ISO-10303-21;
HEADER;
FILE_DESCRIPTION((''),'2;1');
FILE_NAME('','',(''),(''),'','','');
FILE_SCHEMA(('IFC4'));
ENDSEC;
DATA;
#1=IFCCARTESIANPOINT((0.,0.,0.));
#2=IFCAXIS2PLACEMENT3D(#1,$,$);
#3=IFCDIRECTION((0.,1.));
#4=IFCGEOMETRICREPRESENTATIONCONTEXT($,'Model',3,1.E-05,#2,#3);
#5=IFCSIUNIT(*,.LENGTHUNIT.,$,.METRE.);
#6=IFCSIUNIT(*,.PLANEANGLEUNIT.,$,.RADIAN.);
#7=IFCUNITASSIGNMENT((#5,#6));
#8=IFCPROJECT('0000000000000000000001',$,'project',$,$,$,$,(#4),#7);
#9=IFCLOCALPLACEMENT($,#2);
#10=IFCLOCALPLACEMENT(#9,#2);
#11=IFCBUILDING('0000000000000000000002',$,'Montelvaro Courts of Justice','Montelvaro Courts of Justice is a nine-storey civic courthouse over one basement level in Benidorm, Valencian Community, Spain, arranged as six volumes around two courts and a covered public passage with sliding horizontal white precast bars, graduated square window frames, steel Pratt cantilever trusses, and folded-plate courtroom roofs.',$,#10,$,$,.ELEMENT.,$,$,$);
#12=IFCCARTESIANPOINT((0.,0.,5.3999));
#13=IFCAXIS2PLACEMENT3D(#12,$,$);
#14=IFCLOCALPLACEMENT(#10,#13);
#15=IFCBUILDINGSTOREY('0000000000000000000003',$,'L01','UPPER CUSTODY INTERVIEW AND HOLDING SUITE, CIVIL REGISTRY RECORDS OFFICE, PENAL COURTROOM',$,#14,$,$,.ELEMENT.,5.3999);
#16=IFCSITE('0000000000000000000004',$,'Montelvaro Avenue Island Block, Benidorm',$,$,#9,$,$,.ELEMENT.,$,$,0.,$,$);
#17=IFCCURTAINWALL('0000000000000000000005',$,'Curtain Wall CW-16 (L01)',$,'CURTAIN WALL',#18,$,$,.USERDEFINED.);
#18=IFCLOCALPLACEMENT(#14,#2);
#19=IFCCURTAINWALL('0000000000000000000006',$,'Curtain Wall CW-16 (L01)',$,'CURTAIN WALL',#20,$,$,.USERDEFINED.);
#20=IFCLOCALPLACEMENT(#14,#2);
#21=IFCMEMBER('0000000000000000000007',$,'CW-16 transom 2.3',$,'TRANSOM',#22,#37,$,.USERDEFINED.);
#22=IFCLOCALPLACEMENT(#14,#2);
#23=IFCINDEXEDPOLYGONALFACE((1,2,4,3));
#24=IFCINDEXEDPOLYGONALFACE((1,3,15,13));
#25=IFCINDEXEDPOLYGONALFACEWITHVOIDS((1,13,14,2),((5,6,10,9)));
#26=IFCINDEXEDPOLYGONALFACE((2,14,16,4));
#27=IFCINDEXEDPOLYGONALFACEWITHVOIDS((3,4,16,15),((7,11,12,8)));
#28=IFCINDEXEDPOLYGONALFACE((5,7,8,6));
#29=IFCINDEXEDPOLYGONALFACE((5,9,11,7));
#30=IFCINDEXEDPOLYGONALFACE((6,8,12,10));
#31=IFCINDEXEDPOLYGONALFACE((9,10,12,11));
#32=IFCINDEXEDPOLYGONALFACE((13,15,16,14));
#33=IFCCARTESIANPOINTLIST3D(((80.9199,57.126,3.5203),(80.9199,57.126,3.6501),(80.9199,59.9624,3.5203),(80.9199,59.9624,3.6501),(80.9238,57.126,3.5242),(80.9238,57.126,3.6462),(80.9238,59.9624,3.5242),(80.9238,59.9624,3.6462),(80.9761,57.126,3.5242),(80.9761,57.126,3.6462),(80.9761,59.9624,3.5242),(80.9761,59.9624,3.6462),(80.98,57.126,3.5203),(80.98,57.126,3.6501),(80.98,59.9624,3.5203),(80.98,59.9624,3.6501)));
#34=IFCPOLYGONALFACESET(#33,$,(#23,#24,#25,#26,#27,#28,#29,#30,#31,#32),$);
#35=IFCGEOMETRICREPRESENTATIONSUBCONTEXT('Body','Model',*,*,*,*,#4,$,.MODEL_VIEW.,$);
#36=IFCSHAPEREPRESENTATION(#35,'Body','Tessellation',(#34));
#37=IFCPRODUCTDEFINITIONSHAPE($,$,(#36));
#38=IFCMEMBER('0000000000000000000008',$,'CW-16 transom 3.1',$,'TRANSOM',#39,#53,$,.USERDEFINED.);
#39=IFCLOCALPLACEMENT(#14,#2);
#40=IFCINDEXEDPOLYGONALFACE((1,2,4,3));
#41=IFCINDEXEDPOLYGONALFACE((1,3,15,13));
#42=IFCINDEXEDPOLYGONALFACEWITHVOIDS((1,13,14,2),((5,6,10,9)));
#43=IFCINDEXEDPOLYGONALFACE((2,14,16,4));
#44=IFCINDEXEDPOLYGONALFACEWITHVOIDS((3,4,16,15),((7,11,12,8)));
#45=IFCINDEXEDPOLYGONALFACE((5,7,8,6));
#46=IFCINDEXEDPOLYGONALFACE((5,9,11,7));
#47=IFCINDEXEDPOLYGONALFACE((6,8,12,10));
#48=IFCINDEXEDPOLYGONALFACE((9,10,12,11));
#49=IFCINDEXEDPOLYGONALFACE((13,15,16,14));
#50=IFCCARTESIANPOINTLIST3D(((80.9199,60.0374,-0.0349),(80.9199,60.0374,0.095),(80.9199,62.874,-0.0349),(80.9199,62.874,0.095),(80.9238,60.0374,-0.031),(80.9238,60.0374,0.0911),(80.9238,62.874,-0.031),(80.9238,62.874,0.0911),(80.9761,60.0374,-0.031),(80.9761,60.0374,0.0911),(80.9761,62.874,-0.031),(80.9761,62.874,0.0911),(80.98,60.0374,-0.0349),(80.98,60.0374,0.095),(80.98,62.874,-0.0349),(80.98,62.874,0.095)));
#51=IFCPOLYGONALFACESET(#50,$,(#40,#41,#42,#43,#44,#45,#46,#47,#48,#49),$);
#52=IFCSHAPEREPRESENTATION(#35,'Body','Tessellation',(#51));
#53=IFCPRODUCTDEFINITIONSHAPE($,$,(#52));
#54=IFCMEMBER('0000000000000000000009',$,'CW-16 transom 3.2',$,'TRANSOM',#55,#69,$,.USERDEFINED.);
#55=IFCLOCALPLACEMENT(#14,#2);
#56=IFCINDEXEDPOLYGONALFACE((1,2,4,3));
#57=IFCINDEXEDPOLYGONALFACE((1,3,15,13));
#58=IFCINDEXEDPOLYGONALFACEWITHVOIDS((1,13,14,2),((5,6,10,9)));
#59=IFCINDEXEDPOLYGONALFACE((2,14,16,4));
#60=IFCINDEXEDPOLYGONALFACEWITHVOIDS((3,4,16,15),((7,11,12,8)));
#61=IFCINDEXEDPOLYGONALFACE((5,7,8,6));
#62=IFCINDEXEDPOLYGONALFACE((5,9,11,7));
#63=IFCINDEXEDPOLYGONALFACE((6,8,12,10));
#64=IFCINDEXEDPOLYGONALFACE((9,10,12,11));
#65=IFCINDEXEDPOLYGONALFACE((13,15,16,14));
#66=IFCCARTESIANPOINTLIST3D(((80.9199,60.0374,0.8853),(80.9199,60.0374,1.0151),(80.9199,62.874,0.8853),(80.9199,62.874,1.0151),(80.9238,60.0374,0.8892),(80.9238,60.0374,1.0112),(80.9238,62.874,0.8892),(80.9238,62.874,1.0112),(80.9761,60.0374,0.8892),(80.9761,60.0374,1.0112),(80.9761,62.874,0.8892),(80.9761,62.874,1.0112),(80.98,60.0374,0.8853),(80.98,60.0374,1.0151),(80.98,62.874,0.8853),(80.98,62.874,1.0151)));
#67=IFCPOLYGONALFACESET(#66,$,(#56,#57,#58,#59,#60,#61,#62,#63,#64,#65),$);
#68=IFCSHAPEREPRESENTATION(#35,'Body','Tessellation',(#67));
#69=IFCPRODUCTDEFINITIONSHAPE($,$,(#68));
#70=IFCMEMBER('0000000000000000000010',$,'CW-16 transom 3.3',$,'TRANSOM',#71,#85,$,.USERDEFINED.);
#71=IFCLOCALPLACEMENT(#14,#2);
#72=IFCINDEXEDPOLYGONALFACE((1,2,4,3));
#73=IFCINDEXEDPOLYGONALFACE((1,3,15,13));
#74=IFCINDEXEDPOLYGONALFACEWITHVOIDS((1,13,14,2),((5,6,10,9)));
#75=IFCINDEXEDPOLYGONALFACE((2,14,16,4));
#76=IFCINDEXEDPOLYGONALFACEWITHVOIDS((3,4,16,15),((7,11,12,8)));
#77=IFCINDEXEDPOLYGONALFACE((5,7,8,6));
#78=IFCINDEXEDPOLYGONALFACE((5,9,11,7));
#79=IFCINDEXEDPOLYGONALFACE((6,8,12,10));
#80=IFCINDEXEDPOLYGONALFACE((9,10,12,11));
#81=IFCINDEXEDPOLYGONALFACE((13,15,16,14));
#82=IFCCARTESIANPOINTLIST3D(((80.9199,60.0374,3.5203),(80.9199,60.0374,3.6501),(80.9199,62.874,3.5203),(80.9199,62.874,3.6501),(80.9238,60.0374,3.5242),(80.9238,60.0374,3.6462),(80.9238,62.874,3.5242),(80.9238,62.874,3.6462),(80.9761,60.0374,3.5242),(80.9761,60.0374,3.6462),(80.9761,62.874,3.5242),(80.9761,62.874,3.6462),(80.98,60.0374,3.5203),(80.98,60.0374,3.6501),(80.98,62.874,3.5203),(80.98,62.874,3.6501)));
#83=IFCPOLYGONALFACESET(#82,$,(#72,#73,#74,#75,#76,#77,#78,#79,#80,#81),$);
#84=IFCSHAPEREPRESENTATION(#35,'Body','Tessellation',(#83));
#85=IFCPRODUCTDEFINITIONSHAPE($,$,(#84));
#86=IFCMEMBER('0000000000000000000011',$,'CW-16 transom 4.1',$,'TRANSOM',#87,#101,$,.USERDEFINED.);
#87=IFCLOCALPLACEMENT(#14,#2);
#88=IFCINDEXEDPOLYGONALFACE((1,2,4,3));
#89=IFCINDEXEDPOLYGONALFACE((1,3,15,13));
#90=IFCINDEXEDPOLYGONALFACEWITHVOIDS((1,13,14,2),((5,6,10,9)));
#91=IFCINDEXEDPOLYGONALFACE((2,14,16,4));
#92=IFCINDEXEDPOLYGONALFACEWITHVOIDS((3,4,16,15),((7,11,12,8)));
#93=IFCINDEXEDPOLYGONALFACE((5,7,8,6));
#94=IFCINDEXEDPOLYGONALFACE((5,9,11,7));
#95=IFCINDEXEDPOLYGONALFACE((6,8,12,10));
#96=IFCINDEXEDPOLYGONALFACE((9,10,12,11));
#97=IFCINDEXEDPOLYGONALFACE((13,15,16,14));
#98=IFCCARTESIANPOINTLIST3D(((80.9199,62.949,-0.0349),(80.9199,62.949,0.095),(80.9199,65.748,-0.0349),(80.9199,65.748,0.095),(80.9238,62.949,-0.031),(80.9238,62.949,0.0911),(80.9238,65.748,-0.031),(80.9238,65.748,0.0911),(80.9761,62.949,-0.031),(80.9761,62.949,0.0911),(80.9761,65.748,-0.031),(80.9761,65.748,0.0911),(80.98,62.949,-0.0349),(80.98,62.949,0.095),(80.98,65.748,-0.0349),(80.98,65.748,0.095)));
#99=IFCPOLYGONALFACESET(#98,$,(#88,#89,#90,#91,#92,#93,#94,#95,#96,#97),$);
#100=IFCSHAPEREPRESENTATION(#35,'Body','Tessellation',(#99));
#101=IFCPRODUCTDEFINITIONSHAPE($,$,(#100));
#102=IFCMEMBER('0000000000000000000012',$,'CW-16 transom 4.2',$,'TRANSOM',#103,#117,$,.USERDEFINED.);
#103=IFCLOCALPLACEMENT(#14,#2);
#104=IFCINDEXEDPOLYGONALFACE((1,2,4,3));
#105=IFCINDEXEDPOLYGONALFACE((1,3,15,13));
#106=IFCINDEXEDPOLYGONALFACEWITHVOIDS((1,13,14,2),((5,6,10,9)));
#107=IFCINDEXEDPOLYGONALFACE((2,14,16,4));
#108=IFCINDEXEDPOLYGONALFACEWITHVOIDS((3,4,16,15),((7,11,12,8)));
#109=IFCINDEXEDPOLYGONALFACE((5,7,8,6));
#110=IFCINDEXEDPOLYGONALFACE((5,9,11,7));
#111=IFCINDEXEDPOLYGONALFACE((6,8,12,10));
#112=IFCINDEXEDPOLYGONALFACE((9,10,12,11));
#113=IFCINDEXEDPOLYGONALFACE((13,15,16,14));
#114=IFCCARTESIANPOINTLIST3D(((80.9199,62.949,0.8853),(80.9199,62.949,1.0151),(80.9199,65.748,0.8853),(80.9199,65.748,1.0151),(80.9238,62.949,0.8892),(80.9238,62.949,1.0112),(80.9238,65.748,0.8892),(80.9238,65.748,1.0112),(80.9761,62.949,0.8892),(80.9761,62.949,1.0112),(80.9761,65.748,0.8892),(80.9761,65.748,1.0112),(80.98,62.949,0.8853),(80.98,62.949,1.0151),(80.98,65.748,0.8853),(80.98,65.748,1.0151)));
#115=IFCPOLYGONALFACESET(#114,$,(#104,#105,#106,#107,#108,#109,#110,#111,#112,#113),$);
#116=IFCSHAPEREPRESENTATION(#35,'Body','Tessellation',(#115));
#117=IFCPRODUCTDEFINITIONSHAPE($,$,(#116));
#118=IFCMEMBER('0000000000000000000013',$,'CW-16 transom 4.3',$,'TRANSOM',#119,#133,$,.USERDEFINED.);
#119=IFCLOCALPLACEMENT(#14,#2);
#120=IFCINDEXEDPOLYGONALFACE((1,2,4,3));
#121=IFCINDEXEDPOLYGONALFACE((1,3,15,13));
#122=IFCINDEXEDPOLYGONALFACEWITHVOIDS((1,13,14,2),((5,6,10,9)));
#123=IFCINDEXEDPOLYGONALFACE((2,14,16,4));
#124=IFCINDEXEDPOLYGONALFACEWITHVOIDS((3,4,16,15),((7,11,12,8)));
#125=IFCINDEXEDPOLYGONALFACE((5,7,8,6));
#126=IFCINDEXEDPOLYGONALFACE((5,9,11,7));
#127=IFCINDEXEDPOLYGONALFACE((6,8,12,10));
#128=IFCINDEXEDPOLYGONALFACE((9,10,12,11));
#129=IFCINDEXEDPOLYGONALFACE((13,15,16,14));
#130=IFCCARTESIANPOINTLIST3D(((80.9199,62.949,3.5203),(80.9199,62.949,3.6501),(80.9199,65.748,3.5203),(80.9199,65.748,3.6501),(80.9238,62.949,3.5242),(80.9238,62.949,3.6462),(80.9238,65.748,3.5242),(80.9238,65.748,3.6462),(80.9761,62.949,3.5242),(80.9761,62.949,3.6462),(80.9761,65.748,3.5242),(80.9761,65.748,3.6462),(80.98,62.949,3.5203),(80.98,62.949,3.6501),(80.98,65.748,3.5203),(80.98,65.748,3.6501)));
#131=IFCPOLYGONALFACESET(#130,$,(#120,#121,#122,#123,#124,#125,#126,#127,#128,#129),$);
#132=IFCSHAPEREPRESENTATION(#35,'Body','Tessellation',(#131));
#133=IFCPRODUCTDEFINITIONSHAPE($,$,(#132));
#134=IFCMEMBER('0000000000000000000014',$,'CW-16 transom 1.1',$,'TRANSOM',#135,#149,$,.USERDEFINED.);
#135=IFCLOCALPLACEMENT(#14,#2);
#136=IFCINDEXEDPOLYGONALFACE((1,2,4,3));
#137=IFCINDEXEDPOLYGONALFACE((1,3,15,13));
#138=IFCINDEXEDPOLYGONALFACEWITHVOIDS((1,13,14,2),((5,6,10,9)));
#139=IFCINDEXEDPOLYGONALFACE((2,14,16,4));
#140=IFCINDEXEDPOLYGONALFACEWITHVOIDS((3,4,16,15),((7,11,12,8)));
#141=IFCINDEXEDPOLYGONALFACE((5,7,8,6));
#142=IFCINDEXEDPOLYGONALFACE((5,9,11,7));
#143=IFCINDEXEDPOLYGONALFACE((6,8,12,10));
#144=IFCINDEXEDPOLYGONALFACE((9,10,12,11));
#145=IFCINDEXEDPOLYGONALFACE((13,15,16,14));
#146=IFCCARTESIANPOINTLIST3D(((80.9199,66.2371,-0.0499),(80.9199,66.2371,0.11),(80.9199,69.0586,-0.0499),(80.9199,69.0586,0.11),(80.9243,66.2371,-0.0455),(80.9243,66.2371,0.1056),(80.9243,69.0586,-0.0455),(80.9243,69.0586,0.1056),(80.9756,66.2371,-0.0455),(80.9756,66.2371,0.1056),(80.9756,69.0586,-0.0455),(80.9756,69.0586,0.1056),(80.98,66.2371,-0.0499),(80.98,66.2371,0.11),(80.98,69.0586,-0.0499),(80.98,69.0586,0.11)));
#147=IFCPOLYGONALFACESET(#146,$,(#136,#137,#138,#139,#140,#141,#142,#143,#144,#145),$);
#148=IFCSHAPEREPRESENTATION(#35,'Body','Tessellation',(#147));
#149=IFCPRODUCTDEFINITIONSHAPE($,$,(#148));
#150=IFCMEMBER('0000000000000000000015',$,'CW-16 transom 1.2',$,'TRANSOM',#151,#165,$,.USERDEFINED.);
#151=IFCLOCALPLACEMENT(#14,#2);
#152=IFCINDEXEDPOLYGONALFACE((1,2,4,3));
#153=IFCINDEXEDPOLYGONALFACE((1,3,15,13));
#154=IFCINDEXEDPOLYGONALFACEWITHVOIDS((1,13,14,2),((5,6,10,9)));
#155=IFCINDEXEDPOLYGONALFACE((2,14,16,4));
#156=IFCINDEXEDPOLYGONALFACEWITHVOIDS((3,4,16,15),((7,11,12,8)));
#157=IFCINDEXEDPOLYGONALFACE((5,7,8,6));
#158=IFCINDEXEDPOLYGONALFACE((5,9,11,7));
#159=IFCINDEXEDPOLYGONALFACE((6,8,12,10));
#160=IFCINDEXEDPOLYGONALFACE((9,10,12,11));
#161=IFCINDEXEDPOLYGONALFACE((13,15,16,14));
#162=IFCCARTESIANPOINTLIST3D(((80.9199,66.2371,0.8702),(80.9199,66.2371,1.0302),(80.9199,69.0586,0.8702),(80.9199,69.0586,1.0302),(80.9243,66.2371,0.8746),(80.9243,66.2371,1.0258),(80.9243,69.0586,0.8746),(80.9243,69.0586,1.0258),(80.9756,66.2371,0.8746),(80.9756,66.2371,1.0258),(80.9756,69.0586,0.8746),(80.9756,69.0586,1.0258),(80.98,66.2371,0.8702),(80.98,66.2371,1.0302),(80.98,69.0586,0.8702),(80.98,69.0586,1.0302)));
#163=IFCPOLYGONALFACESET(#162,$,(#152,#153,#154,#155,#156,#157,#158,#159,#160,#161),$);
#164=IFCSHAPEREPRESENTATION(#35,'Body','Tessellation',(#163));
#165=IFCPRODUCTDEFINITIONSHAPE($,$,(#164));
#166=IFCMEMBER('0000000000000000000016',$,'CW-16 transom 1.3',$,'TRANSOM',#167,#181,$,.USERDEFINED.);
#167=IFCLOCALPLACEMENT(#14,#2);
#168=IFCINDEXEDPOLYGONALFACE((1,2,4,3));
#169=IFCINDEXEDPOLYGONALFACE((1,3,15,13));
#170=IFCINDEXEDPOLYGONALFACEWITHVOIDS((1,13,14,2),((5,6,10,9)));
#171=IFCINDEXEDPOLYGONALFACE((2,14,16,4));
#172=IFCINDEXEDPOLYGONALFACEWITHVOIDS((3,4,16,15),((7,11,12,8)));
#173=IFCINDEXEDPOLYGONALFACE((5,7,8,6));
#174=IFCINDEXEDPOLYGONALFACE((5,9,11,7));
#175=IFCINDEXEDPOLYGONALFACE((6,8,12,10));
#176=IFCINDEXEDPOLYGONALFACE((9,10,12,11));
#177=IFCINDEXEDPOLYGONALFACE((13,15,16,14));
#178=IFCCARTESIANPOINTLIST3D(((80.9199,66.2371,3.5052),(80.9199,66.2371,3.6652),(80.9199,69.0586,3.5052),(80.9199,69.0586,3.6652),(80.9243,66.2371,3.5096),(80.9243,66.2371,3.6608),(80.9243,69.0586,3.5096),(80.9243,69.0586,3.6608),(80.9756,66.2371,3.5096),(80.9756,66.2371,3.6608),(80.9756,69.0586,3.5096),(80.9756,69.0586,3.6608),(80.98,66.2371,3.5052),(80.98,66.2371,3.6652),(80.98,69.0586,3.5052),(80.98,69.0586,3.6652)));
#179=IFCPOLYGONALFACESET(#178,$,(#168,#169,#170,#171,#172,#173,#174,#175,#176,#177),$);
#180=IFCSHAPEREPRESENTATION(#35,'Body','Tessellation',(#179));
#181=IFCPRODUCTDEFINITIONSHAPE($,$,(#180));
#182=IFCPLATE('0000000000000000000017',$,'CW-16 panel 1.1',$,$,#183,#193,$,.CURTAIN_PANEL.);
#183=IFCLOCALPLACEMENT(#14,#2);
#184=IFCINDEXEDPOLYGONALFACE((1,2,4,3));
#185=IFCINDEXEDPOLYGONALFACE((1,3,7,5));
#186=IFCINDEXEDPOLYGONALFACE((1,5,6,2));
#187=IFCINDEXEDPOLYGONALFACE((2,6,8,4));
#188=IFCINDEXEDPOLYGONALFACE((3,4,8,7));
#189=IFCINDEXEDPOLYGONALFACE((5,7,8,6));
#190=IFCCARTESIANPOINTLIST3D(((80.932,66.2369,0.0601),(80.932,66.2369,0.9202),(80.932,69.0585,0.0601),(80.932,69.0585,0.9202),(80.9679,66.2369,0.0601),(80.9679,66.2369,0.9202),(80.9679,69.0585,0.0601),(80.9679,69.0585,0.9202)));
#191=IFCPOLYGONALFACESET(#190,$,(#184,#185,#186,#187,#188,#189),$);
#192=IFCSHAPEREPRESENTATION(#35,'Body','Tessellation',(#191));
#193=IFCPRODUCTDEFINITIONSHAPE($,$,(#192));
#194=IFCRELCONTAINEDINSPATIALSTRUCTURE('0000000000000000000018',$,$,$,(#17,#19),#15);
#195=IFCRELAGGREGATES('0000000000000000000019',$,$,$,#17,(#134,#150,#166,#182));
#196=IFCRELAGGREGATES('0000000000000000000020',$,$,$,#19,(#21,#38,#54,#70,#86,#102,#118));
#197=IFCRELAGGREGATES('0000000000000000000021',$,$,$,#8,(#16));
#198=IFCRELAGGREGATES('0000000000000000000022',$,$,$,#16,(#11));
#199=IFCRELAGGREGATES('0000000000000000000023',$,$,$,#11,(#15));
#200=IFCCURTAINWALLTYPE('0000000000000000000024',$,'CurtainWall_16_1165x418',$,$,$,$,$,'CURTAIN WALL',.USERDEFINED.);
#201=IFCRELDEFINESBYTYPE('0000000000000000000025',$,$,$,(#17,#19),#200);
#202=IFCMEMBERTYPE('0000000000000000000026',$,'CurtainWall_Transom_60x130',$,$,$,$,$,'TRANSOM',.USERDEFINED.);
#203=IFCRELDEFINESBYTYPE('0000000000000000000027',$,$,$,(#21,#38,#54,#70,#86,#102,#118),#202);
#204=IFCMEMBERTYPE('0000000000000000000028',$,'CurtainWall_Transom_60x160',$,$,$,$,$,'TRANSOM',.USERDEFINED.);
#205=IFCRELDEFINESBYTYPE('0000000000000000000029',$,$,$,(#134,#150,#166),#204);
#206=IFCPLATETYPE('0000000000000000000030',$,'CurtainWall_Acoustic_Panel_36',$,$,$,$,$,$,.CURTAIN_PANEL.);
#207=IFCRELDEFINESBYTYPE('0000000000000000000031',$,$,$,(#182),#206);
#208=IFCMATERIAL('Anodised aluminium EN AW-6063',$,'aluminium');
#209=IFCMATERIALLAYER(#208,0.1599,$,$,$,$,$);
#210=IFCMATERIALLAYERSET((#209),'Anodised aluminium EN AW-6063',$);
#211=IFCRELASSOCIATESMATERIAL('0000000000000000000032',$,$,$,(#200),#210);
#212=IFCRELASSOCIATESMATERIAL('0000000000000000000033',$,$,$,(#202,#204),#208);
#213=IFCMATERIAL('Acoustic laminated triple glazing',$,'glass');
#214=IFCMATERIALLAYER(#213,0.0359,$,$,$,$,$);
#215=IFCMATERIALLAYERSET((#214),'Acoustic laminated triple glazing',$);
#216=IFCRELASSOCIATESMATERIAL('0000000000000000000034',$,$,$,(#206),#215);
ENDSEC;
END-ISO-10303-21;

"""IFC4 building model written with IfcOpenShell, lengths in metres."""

from ifc_helpers import new_model, si_unit, direction, frame, origin, origin_2d, place, context, subcontext, project, spatial, rectangle, hollow_rectangle, extrude, material, layer, layer_set, material_profile, profile_set, type_object, element, aggregate, save


model = new_model("IFC4")

# Units and contexts
model_context = context("Model", 3, precision=1e-05, world=origin(), true_north=direction((0.0, 1.0)))
body_context = subcontext(model_context, "Body", "Model", "MODEL_VIEW")
ifc_project = project(units=[si_unit("LENGTHUNIT", "METRE"), si_unit("PLANEANGLEUNIT", "RADIAN")], contexts=[model_context])

# Site, building, storey
site_placement = place(None, origin())
site = spatial("IfcSite", under=ifc_project, at=site_placement, Name="Montelvaro Avenue Island Block, Benidorm", CompositionType="ELEMENT", RefElevation=0.0)
building_placement = place(site_placement, origin())
building = spatial("IfcBuilding", under=site, at=building_placement, Name="Montelvaro Courts of Justice", Description="Montelvaro Courts of Justice is a nine-storey civic courthouse over one basement level in Benidorm, Valencian Community, Spain, arranged as six volumes around two courts and a covered public passage with sliding horizontal white precast bars, graduated square window frames, steel Pratt cantilever trusses, and folded-plate courtroom roofs.", CompositionType="ELEMENT")
storey_placement = place(building_placement, frame((0.0, 0.0, 5.3999)))
storey = spatial("IfcBuildingStorey", under=building, at=storey_placement, Name="L01", Description="UPPER CUSTODY INTERVIEW AND HOLDING SUITE, CIVIL REGISTRY RECORDS OFFICE, PENAL COURTROOM", CompositionType="ELEMENT", Elevation=5.3999)

# Curtain wall
ifc_material_1 = material(Name="Anodised aluminium EN AW-6063", Category="aluminium")
ifc_layer_1 = layer(ifc_material_1, 0.1599)
ifc_layer_set_1 = layer_set([ifc_layer_1], Name="Anodised aluminium EN AW-6063")
curtain_wall_type = type_object("IfcCurtainWallType", Name="CurtainWall_16_1165x418", ElementType="CURTAIN WALL", PredefinedType="USERDEFINED", material=ifc_layer_set_1)
curtain_wall_1_placement = place(storey_placement, origin())
curtain_wall_1 = element("IfcCurtainWall", 1, at=curtain_wall_1_placement, inside=storey, type_object=curtain_wall_type, Name="Curtain Wall CW-16 (L01)", ObjectType="CURTAIN WALL", PredefinedType="USERDEFINED")

# Curtain wall, members
curtain_wall_2_placement = place(storey_placement, origin())
curtain_wall_2 = element("IfcCurtainWall", 2, at=curtain_wall_2_placement, inside=storey, type_object=curtain_wall_type, Name="Curtain Wall CW-16 (L01)", ObjectType="CURTAIN WALL", PredefinedType="USERDEFINED")
ifc_material_profile_1 = material_profile(ifc_material_1, hollow_rectangle(XDim=0.0601, YDim=0.1299, WallThickness=0.0039, at=origin_2d()), Name="ALU-T 60x130")
ifc_profile_set_1 = profile_set([ifc_material_profile_1], Name="Anodised aluminium EN AW-6063")
member_type_1 = type_object("IfcMemberType", Name="CurtainWall_Transom_60x130", ElementType="TRANSOM", PredefinedType="USERDEFINED", material=ifc_profile_set_1)
member_1_placement = place(storey_placement, frame((80.95, 57.126, 3.5852), z_axis=(0.0, 1.0, 0.0), x_axis=(-1.0, 0.0, 0.0)))
member_1 = element("IfcMember", 3, at=member_1_placement, type_object=member_type_1, Name="CW-16 transom 2.3", ObjectType="TRANSOM", PredefinedType="USERDEFINED", context=body_context, shape_type="SweptSolid", body=[
    extrude(hollow_rectangle(XDim=0.0601, YDim=0.1299, WallThickness=0.0039, at=origin_2d()), origin(), (0.0, 0.0, 1.0), 2.8364),
])
member_2_placement = place(storey_placement, frame((80.95, 60.0374, 0.03), z_axis=(0.0, 1.0, 0.0), x_axis=(-1.0, 0.0, 0.0)))
member_2 = element("IfcMember", 4, at=member_2_placement, type_object=member_type_1, Name="CW-16 transom 3.1", ObjectType="TRANSOM", PredefinedType="USERDEFINED", context=body_context, shape_type="SweptSolid", body=[
    extrude(hollow_rectangle(XDim=0.0601, YDim=0.1299, WallThickness=0.0039, at=origin_2d()), origin(), (0.0, 0.0, 1.0), 2.8367),
])
member_3_placement = place(storey_placement, frame((80.95, 60.0374, 0.9502), z_axis=(0.0, 1.0, 0.0), x_axis=(-1.0, 0.0, 0.0)))
member_3 = element("IfcMember", 5, at=member_3_placement, type_object=member_type_1, Name="CW-16 transom 3.2", ObjectType="TRANSOM", PredefinedType="USERDEFINED", context=body_context, shape_type="SweptSolid", body=[
    extrude(hollow_rectangle(XDim=0.0601, YDim=0.1299, WallThickness=0.0039, at=origin_2d()), origin(), (0.0, 0.0, 1.0), 2.8367),
])
member_4_placement = place(storey_placement, frame((80.95, 60.0374, 3.5852), z_axis=(0.0, 1.0, 0.0), x_axis=(-1.0, 0.0, 0.0)))
member_4 = element("IfcMember", 6, at=member_4_placement, type_object=member_type_1, Name="CW-16 transom 3.3", ObjectType="TRANSOM", PredefinedType="USERDEFINED", context=body_context, shape_type="SweptSolid", body=[
    extrude(hollow_rectangle(XDim=0.0601, YDim=0.1299, WallThickness=0.0039, at=origin_2d()), origin(), (0.0, 0.0, 1.0), 2.8367),
])
member_5_placement = place(storey_placement, frame((80.95, 62.949, 0.03), z_axis=(0.0, 1.0, 0.0), x_axis=(-1.0, 0.0, 0.0)))
member_5 = element("IfcMember", 7, at=member_5_placement, type_object=member_type_1, Name="CW-16 transom 4.1", ObjectType="TRANSOM", PredefinedType="USERDEFINED", context=body_context, shape_type="SweptSolid", body=[
    extrude(hollow_rectangle(XDim=0.0601, YDim=0.1299, WallThickness=0.0039, at=origin_2d()), origin(), (0.0, 0.0, 1.0), 2.7991),
])
member_6_placement = place(storey_placement, frame((80.95, 62.949, 0.9502), z_axis=(0.0, 1.0, 0.0), x_axis=(-1.0, 0.0, 0.0)))
member_6 = element("IfcMember", 8, at=member_6_placement, type_object=member_type_1, Name="CW-16 transom 4.2", ObjectType="TRANSOM", PredefinedType="USERDEFINED", context=body_context, shape_type="SweptSolid", body=[
    extrude(hollow_rectangle(XDim=0.0601, YDim=0.1299, WallThickness=0.0039, at=origin_2d()), origin(), (0.0, 0.0, 1.0), 2.7991),
])
member_7_placement = place(storey_placement, frame((80.95, 62.949, 3.5852), z_axis=(0.0, 1.0, 0.0), x_axis=(-1.0, 0.0, 0.0)))
member_7 = element("IfcMember", 9, at=member_7_placement, type_object=member_type_1, Name="CW-16 transom 4.3", ObjectType="TRANSOM", PredefinedType="USERDEFINED", context=body_context, shape_type="SweptSolid", body=[
    extrude(hollow_rectangle(XDim=0.0601, YDim=0.1299, WallThickness=0.0039, at=origin_2d()), origin(), (0.0, 0.0, 1.0), 2.7991),
])

# Members
ifc_material_profile_2 = material_profile(ifc_material_1, hollow_rectangle(XDim=0.0601, YDim=0.1599, WallThickness=0.0044, at=origin_2d()), Name="ALU-T 60x160")
ifc_profile_set_2 = profile_set([ifc_material_profile_2], Name="Anodised aluminium EN AW-6063")
member_type_2 = type_object("IfcMemberType", Name="CurtainWall_Transom_60x160", ElementType="TRANSOM", PredefinedType="USERDEFINED", material=ifc_profile_set_2)
member_8_placement = place(storey_placement, frame((80.95, 66.2371, 0.03), z_axis=(0.0, 1.0, 0.0), x_axis=(-1.0, 0.0, 0.0)))
member_8 = element("IfcMember", 10, at=member_8_placement, type_object=member_type_2, Name="CW-16 transom 1.1", ObjectType="TRANSOM", PredefinedType="USERDEFINED", context=body_context, shape_type="SweptSolid", body=[
    extrude(hollow_rectangle(XDim=0.0601, YDim=0.1599, WallThickness=0.0044, at=origin_2d()), origin(), (0.0, 0.0, 1.0), 2.8215),
])
member_9_placement = place(storey_placement, frame((80.95, 66.2371, 0.9502), z_axis=(0.0, 1.0, 0.0), x_axis=(-1.0, 0.0, 0.0)))
member_9 = element("IfcMember", 11, at=member_9_placement, type_object=member_type_2, Name="CW-16 transom 1.2", ObjectType="TRANSOM", PredefinedType="USERDEFINED", context=body_context, shape_type="SweptSolid", body=[
    extrude(hollow_rectangle(XDim=0.0601, YDim=0.1599, WallThickness=0.0044, at=origin_2d()), origin(), (0.0, 0.0, 1.0), 2.8215),
])
member_10_placement = place(storey_placement, frame((80.95, 66.2371, 3.5852), z_axis=(0.0, 1.0, 0.0), x_axis=(-1.0, 0.0, 0.0)))
member_10 = element("IfcMember", 12, at=member_10_placement, type_object=member_type_2, Name="CW-16 transom 1.3", ObjectType="TRANSOM", PredefinedType="USERDEFINED", context=body_context, shape_type="SweptSolid", body=[
    extrude(hollow_rectangle(XDim=0.0601, YDim=0.1599, WallThickness=0.0044, at=origin_2d()), origin(), (0.0, 0.0, 1.0), 2.8215),
])

# Plate
ifc_material_2 = material(Name="Acoustic laminated triple glazing", Category="glass")
ifc_layer_2 = layer(ifc_material_2, 0.0359)
ifc_layer_set_2 = layer_set([ifc_layer_2], Name="Acoustic laminated triple glazing")
plate_type_1 = type_object("IfcPlateType", Name="CurtainWall_Acoustic_Panel_36", PredefinedType="CURTAIN_PANEL", material=ifc_layer_set_2)
plate_1_placement = place(storey_placement, frame((80.95, 67.6477, 0.0601), z_axis=(0.0, 0.0, 1.0), x_axis=(0.0, 1.0, 0.0)))
plate_1 = element("IfcPlate", 13, at=plate_1_placement, type_object=plate_type_1, Name="CW-16 panel 1.1", PredefinedType="CURTAIN_PANEL", context=body_context, shape_type="SweptSolid", body=[
    extrude(rectangle(XDim=2.8215, YDim=0.0359, at=origin_2d()), origin(), (0.0, 0.0, 1.0), 0.8601),
])
aggregate(curtain_wall_1, [member_8, member_9, member_10, plate_1])
aggregate(curtain_wall_2, [member_1, member_2, member_3, member_4, member_5, member_6, member_7])

save(model, "model.ifc")
